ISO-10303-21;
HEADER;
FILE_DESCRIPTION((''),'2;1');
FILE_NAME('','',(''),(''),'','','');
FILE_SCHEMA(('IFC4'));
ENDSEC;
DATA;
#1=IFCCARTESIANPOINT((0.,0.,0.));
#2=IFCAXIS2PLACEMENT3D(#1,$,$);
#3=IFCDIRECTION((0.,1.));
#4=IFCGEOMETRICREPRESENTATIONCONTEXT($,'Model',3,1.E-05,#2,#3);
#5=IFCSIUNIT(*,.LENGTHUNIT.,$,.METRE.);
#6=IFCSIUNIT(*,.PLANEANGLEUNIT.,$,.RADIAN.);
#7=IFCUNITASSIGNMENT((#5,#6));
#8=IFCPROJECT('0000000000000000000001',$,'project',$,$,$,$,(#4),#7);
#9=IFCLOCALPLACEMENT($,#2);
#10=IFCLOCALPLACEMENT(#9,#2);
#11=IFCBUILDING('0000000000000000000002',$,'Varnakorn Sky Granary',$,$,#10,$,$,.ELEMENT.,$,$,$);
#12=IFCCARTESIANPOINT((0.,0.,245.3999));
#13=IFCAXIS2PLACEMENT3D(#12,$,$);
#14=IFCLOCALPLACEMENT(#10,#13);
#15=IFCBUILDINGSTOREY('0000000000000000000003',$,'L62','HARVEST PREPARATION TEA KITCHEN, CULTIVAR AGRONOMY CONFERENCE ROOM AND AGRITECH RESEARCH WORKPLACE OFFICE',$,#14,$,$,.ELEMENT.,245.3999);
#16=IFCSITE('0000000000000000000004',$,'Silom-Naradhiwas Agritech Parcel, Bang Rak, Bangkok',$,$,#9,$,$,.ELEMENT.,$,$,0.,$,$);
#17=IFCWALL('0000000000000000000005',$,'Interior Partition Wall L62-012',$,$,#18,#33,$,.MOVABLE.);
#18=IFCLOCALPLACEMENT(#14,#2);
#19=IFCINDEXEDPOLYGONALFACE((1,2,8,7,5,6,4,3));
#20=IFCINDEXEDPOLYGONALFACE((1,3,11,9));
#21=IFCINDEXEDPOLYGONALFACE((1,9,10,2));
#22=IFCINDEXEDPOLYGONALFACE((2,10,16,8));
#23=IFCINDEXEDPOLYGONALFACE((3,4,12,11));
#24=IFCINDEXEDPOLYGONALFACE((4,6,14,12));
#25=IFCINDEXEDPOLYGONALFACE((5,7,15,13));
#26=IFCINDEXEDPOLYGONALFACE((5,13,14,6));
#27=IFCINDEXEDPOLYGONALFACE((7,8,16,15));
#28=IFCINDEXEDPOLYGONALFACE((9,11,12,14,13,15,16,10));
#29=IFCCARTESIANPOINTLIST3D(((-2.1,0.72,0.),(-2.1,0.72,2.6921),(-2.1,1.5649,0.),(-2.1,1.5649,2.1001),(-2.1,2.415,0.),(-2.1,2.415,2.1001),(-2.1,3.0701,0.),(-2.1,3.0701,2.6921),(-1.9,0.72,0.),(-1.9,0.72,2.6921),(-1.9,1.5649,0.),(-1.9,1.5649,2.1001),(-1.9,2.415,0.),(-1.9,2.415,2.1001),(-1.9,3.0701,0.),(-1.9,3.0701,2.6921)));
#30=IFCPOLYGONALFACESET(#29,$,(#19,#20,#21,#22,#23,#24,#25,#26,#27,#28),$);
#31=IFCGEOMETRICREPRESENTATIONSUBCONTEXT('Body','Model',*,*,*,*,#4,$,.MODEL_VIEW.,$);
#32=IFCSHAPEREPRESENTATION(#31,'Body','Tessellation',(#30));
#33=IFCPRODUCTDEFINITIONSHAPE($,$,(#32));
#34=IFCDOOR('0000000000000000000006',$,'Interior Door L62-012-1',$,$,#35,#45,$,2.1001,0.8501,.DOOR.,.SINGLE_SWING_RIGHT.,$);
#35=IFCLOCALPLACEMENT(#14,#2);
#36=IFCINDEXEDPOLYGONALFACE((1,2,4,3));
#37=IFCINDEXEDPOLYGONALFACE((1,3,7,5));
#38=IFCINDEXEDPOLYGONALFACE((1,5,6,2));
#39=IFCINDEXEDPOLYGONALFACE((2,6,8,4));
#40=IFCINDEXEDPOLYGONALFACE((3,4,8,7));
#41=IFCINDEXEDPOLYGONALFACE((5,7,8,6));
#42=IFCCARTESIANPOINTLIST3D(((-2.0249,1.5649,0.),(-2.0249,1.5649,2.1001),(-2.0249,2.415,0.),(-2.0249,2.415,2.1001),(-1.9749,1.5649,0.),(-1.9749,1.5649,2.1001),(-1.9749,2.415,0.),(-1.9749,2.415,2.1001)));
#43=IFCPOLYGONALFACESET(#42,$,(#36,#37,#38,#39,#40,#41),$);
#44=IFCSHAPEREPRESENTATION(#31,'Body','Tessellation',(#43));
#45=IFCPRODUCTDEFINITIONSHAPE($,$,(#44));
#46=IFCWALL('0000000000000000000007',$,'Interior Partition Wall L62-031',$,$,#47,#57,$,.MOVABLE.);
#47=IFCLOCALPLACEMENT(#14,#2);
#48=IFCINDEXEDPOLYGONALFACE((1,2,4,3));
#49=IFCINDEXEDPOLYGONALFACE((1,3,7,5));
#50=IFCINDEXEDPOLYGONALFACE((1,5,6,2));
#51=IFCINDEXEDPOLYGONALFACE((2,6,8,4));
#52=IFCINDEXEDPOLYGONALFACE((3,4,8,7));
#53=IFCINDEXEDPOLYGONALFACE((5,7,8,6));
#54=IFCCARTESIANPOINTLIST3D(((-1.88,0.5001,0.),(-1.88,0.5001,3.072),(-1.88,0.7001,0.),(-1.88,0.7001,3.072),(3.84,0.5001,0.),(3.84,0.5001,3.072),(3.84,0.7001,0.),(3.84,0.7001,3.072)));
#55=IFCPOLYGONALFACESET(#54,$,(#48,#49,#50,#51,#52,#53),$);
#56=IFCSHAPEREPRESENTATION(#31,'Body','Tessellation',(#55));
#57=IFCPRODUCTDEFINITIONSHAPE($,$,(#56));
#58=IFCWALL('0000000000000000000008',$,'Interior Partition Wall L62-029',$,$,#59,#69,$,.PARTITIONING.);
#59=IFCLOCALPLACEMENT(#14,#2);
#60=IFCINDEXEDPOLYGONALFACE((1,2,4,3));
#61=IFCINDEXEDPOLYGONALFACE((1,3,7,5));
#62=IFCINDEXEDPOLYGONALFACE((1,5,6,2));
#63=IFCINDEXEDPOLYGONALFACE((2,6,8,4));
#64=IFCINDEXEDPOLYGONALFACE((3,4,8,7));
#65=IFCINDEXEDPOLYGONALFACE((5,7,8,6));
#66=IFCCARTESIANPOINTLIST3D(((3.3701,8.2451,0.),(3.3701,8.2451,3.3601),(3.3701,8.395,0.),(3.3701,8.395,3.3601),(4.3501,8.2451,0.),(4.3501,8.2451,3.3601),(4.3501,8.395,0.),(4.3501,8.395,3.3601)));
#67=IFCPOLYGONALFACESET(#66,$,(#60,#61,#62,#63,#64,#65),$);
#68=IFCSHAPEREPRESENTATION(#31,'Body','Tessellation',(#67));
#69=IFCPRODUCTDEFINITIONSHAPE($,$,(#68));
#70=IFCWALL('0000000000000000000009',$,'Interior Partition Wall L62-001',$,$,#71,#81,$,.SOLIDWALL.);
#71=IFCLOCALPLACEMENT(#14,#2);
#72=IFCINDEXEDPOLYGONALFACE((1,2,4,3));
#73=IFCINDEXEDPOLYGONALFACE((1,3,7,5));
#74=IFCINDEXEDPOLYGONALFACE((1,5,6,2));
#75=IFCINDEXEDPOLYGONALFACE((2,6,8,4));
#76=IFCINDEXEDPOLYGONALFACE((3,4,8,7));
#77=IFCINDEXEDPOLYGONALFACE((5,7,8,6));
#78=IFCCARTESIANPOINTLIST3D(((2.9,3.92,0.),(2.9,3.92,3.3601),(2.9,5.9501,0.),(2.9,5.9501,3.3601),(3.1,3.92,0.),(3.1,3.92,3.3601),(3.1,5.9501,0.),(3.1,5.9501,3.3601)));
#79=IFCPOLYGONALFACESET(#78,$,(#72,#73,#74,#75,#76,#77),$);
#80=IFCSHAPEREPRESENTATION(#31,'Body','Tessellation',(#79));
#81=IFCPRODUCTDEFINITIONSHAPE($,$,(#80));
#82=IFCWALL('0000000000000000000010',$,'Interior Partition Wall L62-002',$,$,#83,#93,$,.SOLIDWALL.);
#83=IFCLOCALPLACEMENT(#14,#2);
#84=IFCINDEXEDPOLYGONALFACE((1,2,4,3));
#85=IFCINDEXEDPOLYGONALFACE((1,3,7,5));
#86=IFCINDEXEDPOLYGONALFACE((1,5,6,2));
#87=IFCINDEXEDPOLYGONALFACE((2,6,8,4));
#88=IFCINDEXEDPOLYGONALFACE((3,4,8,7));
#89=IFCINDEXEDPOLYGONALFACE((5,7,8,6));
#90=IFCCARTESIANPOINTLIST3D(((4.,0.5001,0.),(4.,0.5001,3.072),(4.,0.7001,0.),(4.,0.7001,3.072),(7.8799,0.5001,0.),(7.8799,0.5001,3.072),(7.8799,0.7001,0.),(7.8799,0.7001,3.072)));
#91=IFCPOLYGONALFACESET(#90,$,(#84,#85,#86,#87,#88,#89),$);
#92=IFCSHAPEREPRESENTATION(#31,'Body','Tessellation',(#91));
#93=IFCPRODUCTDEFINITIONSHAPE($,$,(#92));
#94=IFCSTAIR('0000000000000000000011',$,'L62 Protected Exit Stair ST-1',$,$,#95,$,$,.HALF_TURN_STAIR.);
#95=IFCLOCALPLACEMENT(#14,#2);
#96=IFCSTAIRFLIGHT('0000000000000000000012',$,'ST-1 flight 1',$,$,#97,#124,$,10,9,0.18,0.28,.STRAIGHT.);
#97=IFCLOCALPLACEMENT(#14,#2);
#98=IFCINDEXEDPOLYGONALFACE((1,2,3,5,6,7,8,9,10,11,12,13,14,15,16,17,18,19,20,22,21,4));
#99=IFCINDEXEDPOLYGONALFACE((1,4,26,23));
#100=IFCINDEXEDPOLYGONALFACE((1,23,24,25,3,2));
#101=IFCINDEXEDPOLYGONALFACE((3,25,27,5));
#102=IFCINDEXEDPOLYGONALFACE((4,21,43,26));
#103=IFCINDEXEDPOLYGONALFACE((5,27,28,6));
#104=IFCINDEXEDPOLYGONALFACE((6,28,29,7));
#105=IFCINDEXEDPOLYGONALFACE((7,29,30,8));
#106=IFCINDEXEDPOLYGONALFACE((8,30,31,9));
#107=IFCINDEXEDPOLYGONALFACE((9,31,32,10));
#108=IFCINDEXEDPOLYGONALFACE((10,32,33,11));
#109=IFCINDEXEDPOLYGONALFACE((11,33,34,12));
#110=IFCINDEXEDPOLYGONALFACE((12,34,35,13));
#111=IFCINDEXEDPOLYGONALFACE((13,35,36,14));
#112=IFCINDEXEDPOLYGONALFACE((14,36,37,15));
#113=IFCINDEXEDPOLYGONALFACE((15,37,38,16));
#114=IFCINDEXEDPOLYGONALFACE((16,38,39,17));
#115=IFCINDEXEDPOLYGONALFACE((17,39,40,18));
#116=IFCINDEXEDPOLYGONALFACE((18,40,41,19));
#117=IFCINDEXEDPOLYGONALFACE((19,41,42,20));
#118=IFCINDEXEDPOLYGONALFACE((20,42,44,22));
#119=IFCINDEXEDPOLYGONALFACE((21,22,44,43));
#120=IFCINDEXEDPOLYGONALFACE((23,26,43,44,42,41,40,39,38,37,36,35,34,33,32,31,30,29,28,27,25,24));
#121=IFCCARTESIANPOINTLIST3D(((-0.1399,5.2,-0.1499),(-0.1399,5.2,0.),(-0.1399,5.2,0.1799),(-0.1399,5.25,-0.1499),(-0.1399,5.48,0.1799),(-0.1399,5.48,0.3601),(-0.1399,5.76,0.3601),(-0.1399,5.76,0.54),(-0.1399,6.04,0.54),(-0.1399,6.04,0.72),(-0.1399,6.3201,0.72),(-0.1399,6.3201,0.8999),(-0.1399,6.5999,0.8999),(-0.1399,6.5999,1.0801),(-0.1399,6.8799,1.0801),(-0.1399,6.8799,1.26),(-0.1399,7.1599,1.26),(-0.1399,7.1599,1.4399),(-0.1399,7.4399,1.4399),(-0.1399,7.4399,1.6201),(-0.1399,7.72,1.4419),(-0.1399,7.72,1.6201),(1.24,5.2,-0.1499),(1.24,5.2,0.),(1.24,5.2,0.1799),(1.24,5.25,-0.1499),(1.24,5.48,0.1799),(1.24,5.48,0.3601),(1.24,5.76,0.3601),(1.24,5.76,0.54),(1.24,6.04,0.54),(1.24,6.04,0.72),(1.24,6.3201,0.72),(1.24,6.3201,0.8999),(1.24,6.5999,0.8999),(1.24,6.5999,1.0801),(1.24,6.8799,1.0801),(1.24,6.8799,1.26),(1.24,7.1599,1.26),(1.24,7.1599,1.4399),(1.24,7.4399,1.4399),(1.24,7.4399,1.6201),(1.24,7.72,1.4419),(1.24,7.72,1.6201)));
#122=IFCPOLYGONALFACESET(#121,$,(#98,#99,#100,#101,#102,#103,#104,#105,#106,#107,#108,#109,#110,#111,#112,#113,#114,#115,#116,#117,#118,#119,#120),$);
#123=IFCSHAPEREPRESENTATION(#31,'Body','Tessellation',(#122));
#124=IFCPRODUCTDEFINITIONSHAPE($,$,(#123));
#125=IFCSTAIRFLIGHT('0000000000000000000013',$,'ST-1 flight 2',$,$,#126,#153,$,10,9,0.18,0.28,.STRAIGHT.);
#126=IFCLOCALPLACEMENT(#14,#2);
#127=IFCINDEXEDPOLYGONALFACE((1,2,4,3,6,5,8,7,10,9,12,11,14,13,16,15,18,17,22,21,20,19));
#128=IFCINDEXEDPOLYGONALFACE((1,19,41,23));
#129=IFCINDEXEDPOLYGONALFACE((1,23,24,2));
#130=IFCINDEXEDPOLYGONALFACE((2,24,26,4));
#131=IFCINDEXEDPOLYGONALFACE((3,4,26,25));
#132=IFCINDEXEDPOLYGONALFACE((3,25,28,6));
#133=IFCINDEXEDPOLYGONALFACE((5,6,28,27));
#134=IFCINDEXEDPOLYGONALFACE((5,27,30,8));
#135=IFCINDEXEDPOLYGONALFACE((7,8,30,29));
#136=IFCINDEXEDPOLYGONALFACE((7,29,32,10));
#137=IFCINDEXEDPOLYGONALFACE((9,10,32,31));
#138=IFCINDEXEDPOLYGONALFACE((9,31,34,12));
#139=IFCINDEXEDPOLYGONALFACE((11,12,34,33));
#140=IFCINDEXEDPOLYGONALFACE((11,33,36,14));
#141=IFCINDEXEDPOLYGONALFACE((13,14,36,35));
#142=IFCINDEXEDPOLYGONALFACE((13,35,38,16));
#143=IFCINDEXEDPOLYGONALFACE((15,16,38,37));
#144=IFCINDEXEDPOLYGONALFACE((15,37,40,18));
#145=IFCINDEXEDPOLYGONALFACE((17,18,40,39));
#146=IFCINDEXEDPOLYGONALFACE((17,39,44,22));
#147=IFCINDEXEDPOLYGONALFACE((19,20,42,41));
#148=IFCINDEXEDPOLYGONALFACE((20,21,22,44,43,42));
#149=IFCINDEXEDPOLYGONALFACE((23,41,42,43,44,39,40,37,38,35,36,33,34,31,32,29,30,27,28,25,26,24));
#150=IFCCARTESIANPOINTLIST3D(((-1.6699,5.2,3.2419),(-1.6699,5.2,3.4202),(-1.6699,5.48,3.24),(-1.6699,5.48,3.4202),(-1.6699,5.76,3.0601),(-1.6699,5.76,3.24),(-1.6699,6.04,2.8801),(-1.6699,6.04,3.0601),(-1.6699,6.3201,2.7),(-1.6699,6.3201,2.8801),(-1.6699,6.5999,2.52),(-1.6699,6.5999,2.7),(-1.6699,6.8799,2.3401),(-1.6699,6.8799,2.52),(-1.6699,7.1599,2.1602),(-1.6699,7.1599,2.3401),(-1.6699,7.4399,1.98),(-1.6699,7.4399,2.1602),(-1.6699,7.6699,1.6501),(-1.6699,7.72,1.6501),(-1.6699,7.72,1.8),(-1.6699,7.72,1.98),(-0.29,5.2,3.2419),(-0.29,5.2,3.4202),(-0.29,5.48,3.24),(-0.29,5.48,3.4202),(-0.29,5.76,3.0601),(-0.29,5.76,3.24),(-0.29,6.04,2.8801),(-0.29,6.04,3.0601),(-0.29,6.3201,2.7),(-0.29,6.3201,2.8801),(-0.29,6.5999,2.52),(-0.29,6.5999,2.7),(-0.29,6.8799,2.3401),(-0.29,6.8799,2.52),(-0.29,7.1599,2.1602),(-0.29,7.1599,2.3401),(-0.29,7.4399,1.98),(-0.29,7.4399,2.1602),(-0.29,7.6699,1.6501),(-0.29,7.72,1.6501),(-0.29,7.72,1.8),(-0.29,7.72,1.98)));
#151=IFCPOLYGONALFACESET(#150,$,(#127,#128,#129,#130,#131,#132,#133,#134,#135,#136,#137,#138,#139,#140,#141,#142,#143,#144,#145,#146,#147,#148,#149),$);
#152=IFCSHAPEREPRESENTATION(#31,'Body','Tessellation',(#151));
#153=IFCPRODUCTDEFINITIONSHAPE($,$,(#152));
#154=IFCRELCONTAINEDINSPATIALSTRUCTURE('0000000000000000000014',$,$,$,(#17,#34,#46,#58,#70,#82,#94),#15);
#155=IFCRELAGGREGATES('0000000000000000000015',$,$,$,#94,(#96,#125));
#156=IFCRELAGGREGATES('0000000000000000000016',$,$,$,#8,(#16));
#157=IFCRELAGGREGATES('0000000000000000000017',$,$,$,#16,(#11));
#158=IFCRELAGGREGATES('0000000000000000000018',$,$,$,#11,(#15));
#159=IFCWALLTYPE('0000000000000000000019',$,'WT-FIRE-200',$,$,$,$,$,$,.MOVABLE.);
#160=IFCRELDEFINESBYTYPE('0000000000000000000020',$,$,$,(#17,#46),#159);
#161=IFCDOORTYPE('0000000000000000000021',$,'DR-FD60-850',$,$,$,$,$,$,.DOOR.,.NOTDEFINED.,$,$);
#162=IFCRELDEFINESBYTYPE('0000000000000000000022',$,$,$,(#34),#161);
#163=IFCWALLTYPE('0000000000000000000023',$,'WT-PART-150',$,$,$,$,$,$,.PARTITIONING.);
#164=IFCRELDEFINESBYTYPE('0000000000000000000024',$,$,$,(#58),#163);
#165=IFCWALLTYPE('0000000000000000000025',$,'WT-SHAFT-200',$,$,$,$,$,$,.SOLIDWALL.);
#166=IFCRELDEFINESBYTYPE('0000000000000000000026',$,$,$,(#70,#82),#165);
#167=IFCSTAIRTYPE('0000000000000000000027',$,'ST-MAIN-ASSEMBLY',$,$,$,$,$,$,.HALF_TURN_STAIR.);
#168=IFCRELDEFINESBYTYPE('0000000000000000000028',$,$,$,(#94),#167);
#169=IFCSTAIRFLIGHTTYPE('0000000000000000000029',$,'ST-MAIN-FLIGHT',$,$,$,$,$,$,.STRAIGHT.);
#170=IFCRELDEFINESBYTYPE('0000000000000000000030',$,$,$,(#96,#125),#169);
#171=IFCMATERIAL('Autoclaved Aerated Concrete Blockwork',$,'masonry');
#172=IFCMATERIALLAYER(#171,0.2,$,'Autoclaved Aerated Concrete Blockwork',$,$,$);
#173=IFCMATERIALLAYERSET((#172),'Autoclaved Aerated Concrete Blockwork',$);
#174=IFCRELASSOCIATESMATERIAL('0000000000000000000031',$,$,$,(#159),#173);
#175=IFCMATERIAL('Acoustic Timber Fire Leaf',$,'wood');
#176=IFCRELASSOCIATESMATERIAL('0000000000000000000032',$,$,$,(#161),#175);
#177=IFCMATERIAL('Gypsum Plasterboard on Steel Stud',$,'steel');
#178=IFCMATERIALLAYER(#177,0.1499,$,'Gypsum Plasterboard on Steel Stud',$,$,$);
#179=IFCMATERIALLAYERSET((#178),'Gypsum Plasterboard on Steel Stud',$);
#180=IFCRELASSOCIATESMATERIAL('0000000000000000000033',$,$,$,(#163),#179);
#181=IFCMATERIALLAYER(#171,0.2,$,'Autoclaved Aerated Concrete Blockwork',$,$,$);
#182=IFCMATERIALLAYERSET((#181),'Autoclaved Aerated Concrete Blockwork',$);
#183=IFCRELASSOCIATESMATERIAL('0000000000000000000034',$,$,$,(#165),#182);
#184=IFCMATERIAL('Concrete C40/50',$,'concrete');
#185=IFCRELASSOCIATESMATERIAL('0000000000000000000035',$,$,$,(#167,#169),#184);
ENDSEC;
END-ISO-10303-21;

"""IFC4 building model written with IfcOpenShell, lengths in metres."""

from ifc_helpers import new_model, si_unit, direction, frame, frame_2d, origin, place, context, subcontext, project, spatial, polyline, rectangle, outline, extrude, material, layer, layer_set, type_object, element, fill, aggregate, save


model = new_model("IFC4")

# Units and contexts
model_context = context("Model", 3, precision=1e-05, world=origin(), true_north=direction((0.0, 1.0)))
body_context = subcontext(model_context, "Body", "Model", "MODEL_VIEW")
ifc_project = project(units=[si_unit("LENGTHUNIT", "METRE"), si_unit("PLANEANGLEUNIT", "RADIAN")], contexts=[model_context])

# Site, building, storey
site_placement = place(None, origin())
site = spatial("IfcSite", under=ifc_project, at=site_placement, Name="Silom-Naradhiwas Agritech Parcel, Bang Rak, Bangkok", CompositionType="ELEMENT", RefElevation=0.0)
building_placement = place(site_placement, origin())
building = spatial("IfcBuilding", under=site, at=building_placement, Name="Varnakorn Sky Granary", CompositionType="ELEMENT")
storey_placement = place(building_placement, frame((0.0, 0.0, 245.3999)))
storey = spatial("IfcBuildingStorey", under=building, at=storey_placement, Name="L62", Description="HARVEST PREPARATION TEA KITCHEN, CULTIVAR AGRONOMY CONFERENCE ROOM AND AGRITECH RESEARCH WORKPLACE OFFICE", CompositionType="ELEMENT", Elevation=245.3999)

# Shared definitions
ifc_material_1 = material(Name="Autoclaved Aerated Concrete Blockwork", Category="masonry")
ifc_layer_1 = layer(ifc_material_1, 0.2, Name="Autoclaved Aerated Concrete Blockwork")
ifc_layer_set_1 = layer_set([ifc_layer_1], Name="Autoclaved Aerated Concrete Blockwork")
wall_type_1 = type_object("IfcWallType", Name="WT-FIRE-200", PredefinedType="MOVABLE", material=ifc_layer_set_1)
ifc_material_2 = material(Name="Acoustic Timber Fire Leaf", Category="wood")
door_type_1 = type_object("IfcDoorType", Name="DR-FD60-850", OperationType="NOTDEFINED", PredefinedType="DOOR", material=ifc_material_2)

# Wall, opening, door
wall_1_placement = place(storey_placement, frame((-2.0, 0.72, 0.0), z_axis=(0.0, 0.0, 1.0), x_axis=(0.0, 1.0, 0.0)))
wall_1 = element("IfcWall", 1, at=wall_1_placement, inside=storey, type_object=wall_type_1, Name="Interior Partition Wall L62-012", PredefinedType="MOVABLE", context=body_context, shape_type="SweptSolid", body=[
    extrude(rectangle(XDim=2.3501, YDim=0.2, at=frame_2d((1.175, 0.0))), origin(), (0.0, 0.0, 1.0), 2.6921),
])
opening_1_placement = place(wall_1_placement, frame((0.845, 0.0, 0.0)))
opening_1 = element("IfcOpeningElement", 2, at=opening_1_placement, cuts=wall_1, PredefinedType="OPENING", context=body_context, shape_type="SweptSolid", body=[
    extrude(rectangle(XDim=0.8501, YDim=2.1001, at=frame_2d((0.425, 1.05))), frame((0.0, 0.1099, 0.0), z_axis=(0.0, -1.0, 0.0), x_axis=(1.0, 0.0, 0.0)), (0.0, 0.0, 1.0), 0.22),
])
door_1_placement = place(opening_1_placement, origin())
door_1 = element("IfcDoor", 3, at=door_1_placement, inside=storey, type_object=door_type_1, Name="Interior Door L62-012-1", OperationType="SINGLE_SWING_RIGHT", OverallHeight=2.1001, OverallWidth=0.8501, PredefinedType="DOOR", context=body_context, shape_type="SweptSolid", body=[
    extrude(rectangle(XDim=0.8501, YDim=2.1001, at=frame_2d((0.425, 1.05))), frame((0.0, 0.0249, 0.0), z_axis=(0.0, -1.0, 0.0), x_axis=(1.0, 0.0, 0.0)), (0.0, 0.0, 1.0), 0.05),
])
fill(opening_1, door_1)

# Walls
wall_2_placement = place(storey_placement, frame((-1.8799, 0.6001, 0.0), z_axis=(0.0, 0.0, 1.0), x_axis=(1.0, 0.0, 0.0)))
element("IfcWall", 4, at=wall_2_placement, inside=storey, type_object=wall_type_1, Name="Interior Partition Wall L62-031", PredefinedType="MOVABLE", context=body_context, shape_type="SweptSolid", body=[
    extrude(rectangle(XDim=5.72, YDim=0.2, at=frame_2d((2.8599, 0.0))), origin(), (0.0, 0.0, 1.0), 3.072),
])
ifc_material_3 = material(Name="Gypsum Plasterboard on Steel Stud", Category="steel")
ifc_layer_2 = layer(ifc_material_3, 0.1499, Name="Gypsum Plasterboard on Steel Stud")
ifc_layer_set_2 = layer_set([ifc_layer_2], Name="Gypsum Plasterboard on Steel Stud")
wall_type_2 = type_object("IfcWallType", Name="WT-PART-150", PredefinedType="PARTITIONING", material=ifc_layer_set_2)
wall_3_placement = place(storey_placement, frame((3.3701, 8.3201, 0.0), z_axis=(0.0, 0.0, 1.0), x_axis=(1.0, 0.0, 0.0)))
element("IfcWall", 5, at=wall_3_placement, inside=storey, type_object=wall_type_2, Name="Interior Partition Wall L62-029", PredefinedType="PARTITIONING", context=body_context, shape_type="SweptSolid", body=[
    extrude(rectangle(XDim=0.98, YDim=0.1499, at=frame_2d((0.49, 0.0))), origin(), (0.0, 0.0, 1.0), 3.3601),
])
ifc_layer_3 = layer(ifc_material_1, 0.2, Name="Autoclaved Aerated Concrete Blockwork")
ifc_layer_set_3 = layer_set([ifc_layer_3], Name="Autoclaved Aerated Concrete Blockwork")
wall_type_3 = type_object("IfcWallType", Name="WT-SHAFT-200", PredefinedType="SOLIDWALL", material=ifc_layer_set_3)
wall_4_placement = place(storey_placement, frame((3.0, 3.9199, 0.0), z_axis=(0.0, 0.0, 1.0), x_axis=(0.0, 1.0, 0.0)))
element("IfcWall", 6, at=wall_4_placement, inside=storey, type_object=wall_type_3, Name="Interior Partition Wall L62-001", PredefinedType="SOLIDWALL", context=body_context, shape_type="SweptSolid", body=[
    extrude(rectangle(XDim=2.03, YDim=0.2, at=frame_2d((1.0151, 0.0))), origin(), (0.0, 0.0, 1.0), 3.3601),
])
wall_5_placement = place(storey_placement, frame((4.0, 0.6001, 0.0), z_axis=(0.0, 0.0, 1.0), x_axis=(1.0, 0.0, 0.0)))
element("IfcWall", 7, at=wall_5_placement, inside=storey, type_object=wall_type_3, Name="Interior Partition Wall L62-002", PredefinedType="SOLIDWALL", context=body_context, shape_type="SweptSolid", body=[
    extrude(rectangle(XDim=3.8799, YDim=0.2, at=frame_2d((1.9399, 0.0))), origin(), (0.0, 0.0, 1.0), 3.072),
])

# Stair, stair flights
ifc_material_4 = material(Name="Concrete C40/50", Category="concrete")
stair_type = type_object("IfcStairType", Name="ST-MAIN-ASSEMBLY", PredefinedType="HALF_TURN_STAIR", material=ifc_material_4)
stair_placement = place(storey_placement, origin())
stair = element("IfcStair", 8, at=stair_placement, inside=storey, type_object=stair_type, Name="L62 Protected Exit Stair ST-1", PredefinedType="HALF_TURN_STAIR")
stair_flight_type = type_object("IfcStairFlightType", Name="ST-MAIN-FLIGHT", PredefinedType="STRAIGHT", material=ifc_material_4)
stair_flight_1_placement = place(storey_placement, frame((0.55, 5.2, 0.0), z_axis=(0.0, 0.0, 1.0), x_axis=(0.0, 1.0, 0.0)))
stair_flight_1 = element("IfcStairFlight", 9, at=stair_flight_1_placement, type_object=stair_flight_type, Name="ST-1 flight 1", NumberOfRisers=10, NumberOfTreads=9, PredefinedType="STRAIGHT", RiserHeight=0.18, TreadLength=0.28, context=body_context, shape_type="SweptSolid", body=[
    extrude(outline(polyline([(0.0, -0.1499), (0.0, 0.0), (0.0, 0.1799), (0.28, 0.1799), (0.28, 0.3601), (0.5601, 0.3601), (0.5601, 0.54), (0.8401, 0.54), (0.8401, 0.72), (1.1201, 0.72), (1.1201, 0.8999), (1.3999, 0.8999), (1.3999, 1.0801), (1.6799, 1.0801), (1.6799, 1.26), (1.96, 1.26), (1.96, 1.4399), (2.24, 1.4399), (2.24, 1.6201), (2.52, 1.6201), (2.52, 1.8), (2.52, 1.4419), (0.05, -0.1499), (0.0, -0.1499)])), frame((0.0, 0.6899, 0.0), z_axis=(0.0, -1.0, 0.0), x_axis=(1.0, 0.0, 0.0)), (0.0, 0.0, 1.0), 1.3799),
])
stair_flight_2_placement = place(storey_placement, frame((-0.98, 7.72, 1.8), z_axis=(0.0, 0.0, 1.0), x_axis=(0.0, -1.0, 0.0)))
stair_flight_2 = element("IfcStairFlight", 10, at=stair_flight_2_placement, type_object=stair_flight_type, Name="ST-1 flight 2", NumberOfRisers=10, NumberOfTreads=9, PredefinedType="STRAIGHT", RiserHeight=0.18, TreadLength=0.28, context=body_context, shape_type="SweptSolid", body=[
    extrude(outline(polyline([(0.0, -0.1499), (0.0, 0.0), (0.0, 0.1799), (0.28, 0.1799), (0.28, 0.3601), (0.5601, 0.3601), (0.5601, 0.54), (0.8401, 0.54), (0.8401, 0.72), (1.1201, 0.72), (1.1201, 0.8999), (1.3999, 0.8999), (1.3999, 1.0801), (1.6799, 1.0801), (1.6799, 1.26), (1.96, 1.26), (1.96, 1.4399), (2.24, 1.4399), (2.24, 1.6201), (2.52, 1.6201), (2.52, 1.8), (2.52, 1.4419), (0.05, -0.1499), (0.0, -0.1499)])), frame((0.0, 0.6899, 0.0), z_axis=(0.0, -1.0, 0.0), x_axis=(1.0, 0.0, 0.0)), (0.0, 0.0, 1.0), 1.3799),
])
aggregate(stair, [stair_flight_1, stair_flight_2])

save(model, "model.ifc")
